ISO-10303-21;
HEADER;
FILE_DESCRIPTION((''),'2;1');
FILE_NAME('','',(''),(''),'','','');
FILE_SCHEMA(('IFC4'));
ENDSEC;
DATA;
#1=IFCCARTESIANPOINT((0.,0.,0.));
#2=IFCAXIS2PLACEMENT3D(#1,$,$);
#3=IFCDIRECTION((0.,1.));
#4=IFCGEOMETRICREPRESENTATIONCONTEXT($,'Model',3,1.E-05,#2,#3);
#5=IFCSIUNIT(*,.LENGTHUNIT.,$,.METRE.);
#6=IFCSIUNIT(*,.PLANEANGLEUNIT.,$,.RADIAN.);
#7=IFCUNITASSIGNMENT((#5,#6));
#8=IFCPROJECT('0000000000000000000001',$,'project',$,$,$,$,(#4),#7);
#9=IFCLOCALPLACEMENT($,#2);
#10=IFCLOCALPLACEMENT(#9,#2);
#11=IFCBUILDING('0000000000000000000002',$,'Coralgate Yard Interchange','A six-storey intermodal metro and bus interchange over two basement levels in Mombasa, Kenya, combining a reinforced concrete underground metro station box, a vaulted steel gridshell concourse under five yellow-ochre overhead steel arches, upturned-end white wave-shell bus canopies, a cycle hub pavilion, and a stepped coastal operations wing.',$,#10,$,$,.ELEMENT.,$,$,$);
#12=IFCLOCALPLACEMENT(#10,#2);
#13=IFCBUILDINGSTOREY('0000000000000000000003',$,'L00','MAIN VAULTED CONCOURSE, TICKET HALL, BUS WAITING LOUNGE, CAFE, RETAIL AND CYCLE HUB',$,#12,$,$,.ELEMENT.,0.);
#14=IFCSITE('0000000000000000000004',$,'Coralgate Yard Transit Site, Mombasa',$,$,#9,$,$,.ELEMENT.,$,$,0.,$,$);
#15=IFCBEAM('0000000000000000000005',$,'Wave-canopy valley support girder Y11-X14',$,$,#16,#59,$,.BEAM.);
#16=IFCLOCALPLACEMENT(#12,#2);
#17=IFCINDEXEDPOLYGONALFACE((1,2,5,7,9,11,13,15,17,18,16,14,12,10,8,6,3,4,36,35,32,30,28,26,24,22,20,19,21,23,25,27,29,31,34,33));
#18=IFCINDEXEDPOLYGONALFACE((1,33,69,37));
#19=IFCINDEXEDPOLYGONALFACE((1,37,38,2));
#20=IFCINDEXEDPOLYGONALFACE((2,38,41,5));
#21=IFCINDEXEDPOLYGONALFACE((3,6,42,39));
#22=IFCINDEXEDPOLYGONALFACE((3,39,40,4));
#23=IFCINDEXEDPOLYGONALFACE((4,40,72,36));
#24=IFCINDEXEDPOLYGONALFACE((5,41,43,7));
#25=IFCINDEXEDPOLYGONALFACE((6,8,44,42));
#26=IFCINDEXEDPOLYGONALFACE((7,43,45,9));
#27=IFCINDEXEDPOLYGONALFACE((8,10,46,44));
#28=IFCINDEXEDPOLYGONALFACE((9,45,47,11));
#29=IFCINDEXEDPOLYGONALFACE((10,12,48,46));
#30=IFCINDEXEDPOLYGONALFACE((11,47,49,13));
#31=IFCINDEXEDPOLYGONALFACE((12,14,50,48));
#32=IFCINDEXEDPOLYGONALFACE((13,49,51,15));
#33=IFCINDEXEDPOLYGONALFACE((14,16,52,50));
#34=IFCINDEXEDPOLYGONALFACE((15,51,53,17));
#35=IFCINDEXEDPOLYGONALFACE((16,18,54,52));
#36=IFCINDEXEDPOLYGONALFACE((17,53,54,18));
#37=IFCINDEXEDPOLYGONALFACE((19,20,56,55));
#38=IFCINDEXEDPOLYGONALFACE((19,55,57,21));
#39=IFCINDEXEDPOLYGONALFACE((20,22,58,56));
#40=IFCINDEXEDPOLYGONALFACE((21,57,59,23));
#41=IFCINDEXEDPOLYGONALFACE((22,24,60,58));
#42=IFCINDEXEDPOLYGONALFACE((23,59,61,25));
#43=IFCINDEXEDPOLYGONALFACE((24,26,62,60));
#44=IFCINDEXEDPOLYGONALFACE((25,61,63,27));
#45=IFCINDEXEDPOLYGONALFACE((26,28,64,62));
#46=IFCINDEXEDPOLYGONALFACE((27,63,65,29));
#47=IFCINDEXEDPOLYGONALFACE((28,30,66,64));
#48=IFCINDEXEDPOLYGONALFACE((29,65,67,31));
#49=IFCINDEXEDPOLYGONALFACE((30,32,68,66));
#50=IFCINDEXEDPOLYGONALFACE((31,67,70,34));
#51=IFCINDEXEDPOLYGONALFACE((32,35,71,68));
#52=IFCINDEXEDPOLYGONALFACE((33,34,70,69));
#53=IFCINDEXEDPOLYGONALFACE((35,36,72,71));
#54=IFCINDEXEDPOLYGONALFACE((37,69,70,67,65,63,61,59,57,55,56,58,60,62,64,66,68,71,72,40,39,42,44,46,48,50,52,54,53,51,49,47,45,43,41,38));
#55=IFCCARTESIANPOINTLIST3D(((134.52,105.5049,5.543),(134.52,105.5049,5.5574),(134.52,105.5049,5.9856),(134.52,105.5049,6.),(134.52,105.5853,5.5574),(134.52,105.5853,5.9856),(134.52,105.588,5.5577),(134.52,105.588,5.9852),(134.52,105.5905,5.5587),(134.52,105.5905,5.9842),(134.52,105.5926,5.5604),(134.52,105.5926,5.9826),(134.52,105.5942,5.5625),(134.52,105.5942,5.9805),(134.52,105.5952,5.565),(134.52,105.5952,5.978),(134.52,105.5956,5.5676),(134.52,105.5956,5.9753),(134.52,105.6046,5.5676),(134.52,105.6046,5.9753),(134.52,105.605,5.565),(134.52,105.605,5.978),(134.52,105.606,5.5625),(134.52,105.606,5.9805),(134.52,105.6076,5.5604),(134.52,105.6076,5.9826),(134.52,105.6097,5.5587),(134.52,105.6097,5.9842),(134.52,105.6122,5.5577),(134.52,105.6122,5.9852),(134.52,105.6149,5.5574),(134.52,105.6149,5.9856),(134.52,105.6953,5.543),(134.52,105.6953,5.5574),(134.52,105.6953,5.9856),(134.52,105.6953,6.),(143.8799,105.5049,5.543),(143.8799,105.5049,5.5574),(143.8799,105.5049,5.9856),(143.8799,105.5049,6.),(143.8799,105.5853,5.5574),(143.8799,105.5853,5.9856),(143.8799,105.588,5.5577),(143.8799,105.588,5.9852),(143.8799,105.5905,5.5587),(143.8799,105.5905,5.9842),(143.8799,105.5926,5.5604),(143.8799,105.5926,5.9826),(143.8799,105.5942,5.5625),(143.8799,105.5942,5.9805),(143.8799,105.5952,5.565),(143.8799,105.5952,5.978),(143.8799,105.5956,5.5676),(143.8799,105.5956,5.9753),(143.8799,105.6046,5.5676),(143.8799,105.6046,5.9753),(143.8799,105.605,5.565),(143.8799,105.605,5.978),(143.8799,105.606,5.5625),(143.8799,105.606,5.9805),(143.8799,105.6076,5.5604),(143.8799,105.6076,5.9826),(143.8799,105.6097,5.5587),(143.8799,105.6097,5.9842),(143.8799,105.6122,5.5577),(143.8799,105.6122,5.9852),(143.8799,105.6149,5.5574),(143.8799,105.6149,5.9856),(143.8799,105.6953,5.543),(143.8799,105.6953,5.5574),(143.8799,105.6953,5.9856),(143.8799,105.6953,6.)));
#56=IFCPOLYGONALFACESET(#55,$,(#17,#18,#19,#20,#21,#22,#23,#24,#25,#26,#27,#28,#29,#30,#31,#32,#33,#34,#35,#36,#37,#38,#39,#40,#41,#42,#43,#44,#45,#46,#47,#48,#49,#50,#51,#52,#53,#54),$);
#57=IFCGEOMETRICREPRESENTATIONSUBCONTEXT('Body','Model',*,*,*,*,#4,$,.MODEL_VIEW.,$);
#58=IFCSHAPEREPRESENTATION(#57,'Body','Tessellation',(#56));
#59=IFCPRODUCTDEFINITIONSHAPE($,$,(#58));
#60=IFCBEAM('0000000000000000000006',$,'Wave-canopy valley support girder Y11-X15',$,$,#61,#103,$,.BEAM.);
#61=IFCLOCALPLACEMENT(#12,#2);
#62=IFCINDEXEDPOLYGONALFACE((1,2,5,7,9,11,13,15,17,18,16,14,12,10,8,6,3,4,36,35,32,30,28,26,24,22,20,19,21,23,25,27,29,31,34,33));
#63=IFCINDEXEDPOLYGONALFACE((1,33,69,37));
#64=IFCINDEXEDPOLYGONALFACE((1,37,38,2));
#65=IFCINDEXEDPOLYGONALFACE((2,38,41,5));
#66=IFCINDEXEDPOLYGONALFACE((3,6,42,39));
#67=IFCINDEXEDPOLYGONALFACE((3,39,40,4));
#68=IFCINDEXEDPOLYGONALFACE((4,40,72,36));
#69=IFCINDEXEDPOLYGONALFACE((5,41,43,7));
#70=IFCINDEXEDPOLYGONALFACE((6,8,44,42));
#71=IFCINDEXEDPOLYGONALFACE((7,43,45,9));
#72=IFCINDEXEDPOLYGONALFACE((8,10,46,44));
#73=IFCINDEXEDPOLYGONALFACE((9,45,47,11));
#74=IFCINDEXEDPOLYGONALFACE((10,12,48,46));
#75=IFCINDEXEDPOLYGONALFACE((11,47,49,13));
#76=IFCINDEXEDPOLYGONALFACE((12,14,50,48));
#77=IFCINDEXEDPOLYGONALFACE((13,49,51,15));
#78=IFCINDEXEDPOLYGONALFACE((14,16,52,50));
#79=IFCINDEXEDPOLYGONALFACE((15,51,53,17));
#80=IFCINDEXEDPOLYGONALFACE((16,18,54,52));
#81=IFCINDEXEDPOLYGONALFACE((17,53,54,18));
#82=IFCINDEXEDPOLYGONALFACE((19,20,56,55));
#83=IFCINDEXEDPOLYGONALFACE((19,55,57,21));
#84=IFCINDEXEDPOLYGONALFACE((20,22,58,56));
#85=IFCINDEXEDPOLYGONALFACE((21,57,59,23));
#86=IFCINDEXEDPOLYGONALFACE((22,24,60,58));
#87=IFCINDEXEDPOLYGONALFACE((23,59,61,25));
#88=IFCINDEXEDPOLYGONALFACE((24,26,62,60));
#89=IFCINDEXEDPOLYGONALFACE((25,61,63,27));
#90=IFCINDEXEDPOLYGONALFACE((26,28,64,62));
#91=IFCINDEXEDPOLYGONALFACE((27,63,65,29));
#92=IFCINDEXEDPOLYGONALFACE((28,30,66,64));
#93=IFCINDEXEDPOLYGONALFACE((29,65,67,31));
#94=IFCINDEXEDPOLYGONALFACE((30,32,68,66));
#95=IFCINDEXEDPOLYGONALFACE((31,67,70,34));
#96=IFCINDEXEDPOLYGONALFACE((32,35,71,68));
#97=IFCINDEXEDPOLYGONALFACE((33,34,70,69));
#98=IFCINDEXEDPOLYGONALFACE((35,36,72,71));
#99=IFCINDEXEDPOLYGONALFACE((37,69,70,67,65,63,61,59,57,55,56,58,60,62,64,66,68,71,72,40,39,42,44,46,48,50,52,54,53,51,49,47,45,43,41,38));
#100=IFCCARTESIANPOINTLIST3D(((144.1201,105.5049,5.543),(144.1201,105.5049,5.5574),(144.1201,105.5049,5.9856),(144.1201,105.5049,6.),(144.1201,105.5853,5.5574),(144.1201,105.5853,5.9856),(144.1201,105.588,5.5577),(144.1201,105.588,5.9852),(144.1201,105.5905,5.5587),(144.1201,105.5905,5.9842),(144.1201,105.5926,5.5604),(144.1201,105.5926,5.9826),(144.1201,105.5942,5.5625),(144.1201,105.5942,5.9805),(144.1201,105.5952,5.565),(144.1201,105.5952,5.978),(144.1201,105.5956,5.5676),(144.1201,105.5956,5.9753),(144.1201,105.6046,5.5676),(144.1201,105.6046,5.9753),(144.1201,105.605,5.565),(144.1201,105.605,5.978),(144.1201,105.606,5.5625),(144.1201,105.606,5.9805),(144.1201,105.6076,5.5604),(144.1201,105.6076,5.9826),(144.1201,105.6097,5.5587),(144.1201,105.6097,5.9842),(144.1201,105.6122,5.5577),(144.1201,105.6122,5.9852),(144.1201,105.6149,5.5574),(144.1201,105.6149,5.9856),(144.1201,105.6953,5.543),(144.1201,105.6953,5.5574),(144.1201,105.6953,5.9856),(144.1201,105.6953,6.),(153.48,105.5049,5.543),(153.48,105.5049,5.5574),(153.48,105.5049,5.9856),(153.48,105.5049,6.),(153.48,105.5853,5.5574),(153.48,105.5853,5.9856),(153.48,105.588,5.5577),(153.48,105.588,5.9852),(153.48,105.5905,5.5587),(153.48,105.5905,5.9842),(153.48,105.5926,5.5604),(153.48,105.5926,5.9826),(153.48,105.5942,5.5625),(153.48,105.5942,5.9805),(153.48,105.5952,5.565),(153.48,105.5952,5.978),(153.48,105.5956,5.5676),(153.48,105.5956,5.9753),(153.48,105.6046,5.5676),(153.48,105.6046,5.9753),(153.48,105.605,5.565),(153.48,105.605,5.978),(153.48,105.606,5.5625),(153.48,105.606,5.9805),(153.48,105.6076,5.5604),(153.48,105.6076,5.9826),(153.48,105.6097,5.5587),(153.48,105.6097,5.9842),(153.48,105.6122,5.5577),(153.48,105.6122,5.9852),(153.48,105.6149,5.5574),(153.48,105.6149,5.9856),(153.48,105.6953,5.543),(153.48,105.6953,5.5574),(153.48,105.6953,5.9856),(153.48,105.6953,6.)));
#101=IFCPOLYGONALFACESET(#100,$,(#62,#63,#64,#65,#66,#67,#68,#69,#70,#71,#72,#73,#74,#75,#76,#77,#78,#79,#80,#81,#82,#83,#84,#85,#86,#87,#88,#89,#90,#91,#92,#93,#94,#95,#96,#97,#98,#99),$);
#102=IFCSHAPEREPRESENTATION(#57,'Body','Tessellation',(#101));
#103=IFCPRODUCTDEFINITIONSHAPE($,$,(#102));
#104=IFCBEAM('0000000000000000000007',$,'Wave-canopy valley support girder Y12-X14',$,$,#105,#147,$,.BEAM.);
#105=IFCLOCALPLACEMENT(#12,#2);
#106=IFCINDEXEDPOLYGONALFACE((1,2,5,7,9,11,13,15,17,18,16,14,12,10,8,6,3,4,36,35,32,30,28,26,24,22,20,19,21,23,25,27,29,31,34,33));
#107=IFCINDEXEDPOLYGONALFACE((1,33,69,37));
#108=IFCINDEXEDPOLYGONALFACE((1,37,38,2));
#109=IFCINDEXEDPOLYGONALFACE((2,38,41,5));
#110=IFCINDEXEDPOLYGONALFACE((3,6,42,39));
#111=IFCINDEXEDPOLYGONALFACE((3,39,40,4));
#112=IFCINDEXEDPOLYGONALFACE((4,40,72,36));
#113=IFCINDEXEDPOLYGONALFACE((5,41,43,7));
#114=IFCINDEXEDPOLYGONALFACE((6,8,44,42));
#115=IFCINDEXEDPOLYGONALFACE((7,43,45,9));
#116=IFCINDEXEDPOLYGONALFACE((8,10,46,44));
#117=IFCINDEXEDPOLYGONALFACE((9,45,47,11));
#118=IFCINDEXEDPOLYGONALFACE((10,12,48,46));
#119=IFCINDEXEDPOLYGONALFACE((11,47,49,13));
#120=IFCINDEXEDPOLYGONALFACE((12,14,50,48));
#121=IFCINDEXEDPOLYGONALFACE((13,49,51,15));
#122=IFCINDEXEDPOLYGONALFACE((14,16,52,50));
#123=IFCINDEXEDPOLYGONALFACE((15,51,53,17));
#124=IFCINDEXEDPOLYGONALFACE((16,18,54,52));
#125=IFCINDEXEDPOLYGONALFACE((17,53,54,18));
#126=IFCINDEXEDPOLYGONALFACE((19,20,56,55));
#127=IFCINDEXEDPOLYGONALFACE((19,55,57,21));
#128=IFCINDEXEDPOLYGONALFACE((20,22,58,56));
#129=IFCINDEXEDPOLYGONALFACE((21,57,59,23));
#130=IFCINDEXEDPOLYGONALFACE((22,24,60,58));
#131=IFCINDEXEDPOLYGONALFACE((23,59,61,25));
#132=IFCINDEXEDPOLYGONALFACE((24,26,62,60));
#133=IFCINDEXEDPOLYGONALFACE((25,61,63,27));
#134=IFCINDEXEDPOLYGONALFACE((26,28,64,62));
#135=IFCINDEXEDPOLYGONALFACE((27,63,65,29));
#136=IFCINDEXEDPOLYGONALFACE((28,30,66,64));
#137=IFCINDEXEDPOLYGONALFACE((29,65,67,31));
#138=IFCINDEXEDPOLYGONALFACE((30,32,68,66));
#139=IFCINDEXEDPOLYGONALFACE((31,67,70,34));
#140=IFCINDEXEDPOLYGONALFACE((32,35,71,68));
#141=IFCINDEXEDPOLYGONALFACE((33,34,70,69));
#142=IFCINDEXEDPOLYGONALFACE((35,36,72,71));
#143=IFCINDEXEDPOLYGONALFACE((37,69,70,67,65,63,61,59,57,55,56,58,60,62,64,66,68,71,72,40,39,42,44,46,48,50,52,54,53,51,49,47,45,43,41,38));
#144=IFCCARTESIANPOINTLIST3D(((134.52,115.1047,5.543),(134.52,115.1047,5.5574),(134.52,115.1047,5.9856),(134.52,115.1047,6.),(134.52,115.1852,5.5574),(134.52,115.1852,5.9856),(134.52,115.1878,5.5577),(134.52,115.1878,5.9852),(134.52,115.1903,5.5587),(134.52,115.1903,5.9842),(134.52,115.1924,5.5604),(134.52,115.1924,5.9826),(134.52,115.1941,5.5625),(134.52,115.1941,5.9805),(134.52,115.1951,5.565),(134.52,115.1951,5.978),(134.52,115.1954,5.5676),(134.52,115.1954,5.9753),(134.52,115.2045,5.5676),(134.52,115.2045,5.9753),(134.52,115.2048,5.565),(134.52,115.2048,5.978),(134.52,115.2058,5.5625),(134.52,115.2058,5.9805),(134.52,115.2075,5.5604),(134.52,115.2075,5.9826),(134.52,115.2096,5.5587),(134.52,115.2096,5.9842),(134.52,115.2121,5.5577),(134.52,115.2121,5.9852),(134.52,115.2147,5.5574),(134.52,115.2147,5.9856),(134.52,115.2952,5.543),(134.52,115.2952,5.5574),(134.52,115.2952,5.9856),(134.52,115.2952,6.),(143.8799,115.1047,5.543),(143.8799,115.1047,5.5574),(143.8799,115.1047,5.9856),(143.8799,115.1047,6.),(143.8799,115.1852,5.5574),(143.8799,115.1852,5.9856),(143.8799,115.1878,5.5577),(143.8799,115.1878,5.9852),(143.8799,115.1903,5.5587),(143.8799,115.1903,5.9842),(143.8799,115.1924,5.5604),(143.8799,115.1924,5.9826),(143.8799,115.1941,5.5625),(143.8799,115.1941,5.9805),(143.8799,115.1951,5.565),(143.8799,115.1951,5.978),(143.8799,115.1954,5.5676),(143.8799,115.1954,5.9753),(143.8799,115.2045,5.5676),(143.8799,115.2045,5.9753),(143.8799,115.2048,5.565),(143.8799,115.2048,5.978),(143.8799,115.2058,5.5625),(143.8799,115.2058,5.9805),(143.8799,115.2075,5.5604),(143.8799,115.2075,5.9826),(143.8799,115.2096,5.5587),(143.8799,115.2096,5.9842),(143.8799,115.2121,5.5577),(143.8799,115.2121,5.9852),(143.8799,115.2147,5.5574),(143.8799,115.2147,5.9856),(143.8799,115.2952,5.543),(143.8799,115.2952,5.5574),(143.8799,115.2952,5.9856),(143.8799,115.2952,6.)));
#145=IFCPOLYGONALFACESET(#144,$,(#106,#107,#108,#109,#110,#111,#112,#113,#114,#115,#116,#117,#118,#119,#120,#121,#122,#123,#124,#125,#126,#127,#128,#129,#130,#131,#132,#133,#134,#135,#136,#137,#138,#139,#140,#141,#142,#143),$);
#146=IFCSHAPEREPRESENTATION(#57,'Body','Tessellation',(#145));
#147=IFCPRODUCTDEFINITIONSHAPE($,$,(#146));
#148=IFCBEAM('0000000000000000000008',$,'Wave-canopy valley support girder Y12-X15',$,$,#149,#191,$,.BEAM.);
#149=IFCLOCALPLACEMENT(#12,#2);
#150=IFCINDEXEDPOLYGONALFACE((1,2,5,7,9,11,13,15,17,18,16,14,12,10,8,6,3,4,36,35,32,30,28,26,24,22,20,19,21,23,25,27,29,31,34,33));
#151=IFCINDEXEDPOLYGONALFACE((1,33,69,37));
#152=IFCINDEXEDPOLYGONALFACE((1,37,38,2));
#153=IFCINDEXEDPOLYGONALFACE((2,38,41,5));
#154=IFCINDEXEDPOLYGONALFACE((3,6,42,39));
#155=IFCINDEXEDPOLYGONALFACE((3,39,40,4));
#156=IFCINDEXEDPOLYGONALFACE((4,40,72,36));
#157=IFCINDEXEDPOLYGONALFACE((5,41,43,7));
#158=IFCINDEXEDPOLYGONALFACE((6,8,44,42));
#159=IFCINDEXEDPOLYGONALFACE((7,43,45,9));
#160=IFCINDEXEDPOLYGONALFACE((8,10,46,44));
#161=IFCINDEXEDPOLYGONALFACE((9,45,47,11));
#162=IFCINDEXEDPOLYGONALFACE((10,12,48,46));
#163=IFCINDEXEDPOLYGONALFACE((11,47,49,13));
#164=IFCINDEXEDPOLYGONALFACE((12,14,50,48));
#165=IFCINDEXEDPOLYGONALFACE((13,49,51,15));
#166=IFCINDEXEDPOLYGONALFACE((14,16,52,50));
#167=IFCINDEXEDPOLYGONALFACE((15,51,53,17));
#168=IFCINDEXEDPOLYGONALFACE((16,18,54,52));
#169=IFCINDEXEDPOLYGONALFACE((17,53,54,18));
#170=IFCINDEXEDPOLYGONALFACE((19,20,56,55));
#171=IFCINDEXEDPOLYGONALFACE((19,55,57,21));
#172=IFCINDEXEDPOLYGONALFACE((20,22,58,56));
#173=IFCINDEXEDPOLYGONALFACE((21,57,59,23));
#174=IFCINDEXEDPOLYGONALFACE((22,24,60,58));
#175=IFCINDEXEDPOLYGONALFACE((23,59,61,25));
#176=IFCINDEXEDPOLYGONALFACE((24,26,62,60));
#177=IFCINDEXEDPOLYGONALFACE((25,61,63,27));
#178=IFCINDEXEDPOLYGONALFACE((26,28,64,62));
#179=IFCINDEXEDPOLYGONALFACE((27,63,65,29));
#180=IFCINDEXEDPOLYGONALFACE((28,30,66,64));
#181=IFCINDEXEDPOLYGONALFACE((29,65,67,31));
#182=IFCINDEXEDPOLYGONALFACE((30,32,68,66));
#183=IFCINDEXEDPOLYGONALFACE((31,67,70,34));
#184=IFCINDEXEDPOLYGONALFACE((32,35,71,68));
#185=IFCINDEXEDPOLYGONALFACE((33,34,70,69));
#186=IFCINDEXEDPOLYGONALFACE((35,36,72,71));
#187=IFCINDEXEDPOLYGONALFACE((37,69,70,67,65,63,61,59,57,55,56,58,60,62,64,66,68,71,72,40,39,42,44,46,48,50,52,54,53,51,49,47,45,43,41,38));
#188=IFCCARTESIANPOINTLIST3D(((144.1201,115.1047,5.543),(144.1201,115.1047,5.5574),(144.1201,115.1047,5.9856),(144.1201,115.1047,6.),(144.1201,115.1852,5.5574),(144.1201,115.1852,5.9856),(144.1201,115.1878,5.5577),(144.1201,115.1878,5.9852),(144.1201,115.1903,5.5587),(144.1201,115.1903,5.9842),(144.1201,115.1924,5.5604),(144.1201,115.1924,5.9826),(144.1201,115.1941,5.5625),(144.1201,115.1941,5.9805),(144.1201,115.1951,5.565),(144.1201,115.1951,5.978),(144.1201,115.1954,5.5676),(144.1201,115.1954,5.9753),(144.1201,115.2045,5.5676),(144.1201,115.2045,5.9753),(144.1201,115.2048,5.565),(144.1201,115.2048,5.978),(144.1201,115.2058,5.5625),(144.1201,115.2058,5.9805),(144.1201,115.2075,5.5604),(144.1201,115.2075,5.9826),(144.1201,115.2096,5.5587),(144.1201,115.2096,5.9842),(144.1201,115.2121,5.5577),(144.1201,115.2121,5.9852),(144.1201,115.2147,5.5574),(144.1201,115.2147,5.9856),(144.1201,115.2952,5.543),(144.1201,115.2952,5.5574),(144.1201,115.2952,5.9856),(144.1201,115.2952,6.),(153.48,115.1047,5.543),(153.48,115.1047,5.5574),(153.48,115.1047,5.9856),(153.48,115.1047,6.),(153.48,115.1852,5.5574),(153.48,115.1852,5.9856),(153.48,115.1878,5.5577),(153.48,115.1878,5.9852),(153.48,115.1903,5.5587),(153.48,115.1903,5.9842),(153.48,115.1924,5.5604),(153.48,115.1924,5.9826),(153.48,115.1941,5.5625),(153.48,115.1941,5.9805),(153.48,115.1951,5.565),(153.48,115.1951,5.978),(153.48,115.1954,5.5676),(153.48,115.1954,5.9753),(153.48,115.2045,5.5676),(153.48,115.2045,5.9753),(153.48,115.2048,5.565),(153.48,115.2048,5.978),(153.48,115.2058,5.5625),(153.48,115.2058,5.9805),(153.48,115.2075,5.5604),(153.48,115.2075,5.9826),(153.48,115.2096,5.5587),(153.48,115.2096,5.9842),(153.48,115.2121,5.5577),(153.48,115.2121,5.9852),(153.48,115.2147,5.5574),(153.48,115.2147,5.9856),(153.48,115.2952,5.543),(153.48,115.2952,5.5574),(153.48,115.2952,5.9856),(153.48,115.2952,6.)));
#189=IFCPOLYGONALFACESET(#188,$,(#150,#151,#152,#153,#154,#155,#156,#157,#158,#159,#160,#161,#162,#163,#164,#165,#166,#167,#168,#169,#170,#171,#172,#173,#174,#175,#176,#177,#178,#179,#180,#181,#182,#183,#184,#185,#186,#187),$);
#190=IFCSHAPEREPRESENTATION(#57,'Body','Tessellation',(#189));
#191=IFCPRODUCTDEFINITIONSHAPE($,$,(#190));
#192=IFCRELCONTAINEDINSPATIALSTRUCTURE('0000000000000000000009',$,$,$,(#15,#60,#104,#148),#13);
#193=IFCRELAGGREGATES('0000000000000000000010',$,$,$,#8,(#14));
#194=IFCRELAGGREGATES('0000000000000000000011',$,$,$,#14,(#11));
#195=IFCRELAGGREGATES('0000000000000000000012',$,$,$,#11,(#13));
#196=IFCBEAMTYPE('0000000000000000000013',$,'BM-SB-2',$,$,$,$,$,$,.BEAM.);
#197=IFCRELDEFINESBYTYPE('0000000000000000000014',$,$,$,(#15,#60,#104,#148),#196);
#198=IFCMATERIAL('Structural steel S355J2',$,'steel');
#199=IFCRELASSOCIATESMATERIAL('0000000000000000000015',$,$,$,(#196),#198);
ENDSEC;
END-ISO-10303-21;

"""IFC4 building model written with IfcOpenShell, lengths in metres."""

from ifc_helpers import new_model, si_unit, direction, frame, origin, origin_2d, place, context, subcontext, project, spatial, i_section, extrude, material, material_profile, profile_set, type_object, element, save


model = new_model("IFC4")

# Units and contexts
model_context = context("Model", 3, precision=1e-05, world=origin(), true_north=direction((0.0, 1.0)))
body_context = subcontext(model_context, "Body", "Model", "MODEL_VIEW")
ifc_project = project(units=[si_unit("LENGTHUNIT", "METRE"), si_unit("PLANEANGLEUNIT", "RADIAN")], contexts=[model_context])

# Site, building, storey
site_placement = place(None, origin())
site = spatial("IfcSite", under=ifc_project, at=site_placement, Name="Coralgate Yard Transit Site, Mombasa", CompositionType="ELEMENT", RefElevation=0.0)
building_placement = place(site_placement, origin())
building = spatial("IfcBuilding", under=site, at=building_placement, Name="Coralgate Yard Interchange", Description="A six-storey intermodal metro and bus interchange over two basement levels in Mombasa, Kenya, combining a reinforced concrete underground metro station box, a vaulted steel gridshell concourse under five yellow-ochre overhead steel arches, upturned-end white wave-shell bus canopies, a cycle hub pavilion, and a stepped coastal operations wing.", CompositionType="ELEMENT")
storey_placement = place(building_placement, origin())
storey = spatial("IfcBuildingStorey", under=building, at=storey_placement, Name="L00", Description="MAIN VAULTED CONCOURSE, TICKET HALL, BUS WAITING LOUNGE, CAFE, RETAIL AND CYCLE HUB", CompositionType="ELEMENT", Elevation=0.0)

# Shared definitions
ifc_material_1 = material(Name="Structural steel S355J2", Category="steel")

# Beams
ifc_material_profile_1 = material_profile(ifc_material_1, i_section(OverallWidth=0.1904, OverallDepth=0.457, WebThickness=0.009, FlangeThickness=0.0144, FilletRadius=0.0103, at=origin_2d()), Name="UB 457x191x74")
ifc_profile_set_1 = profile_set([ifc_material_profile_1], Name="Structural steel S355J2")
beam_type_1 = type_object("IfcBeamType", Name="BM-SB-2", PredefinedType="BEAM", material=ifc_profile_set_1)
for number, where, z_axis, x_axis, name in (
    (1, (134.52, 105.6001, 5.7715), (1.0, 0.0, 0.0), (0.0, 1.0, 0.0), "Wave-canopy valley support girder Y11-X14"),
    (2, (144.1201, 105.6001, 5.7715), (1.0, 0.0, 0.0), (0.0, 1.0, 0.0), "Wave-canopy valley support girder Y11-X15"),
    (3, (134.52, 115.2, 5.7715), (1.0, 0.0, 0.0), (0.0, 1.0, 0.0), "Wave-canopy valley support girder Y12-X14"),
    (4, (144.1201, 115.2, 5.7715), (1.0, 0.0, 0.0), (0.0, 1.0, 0.0), "Wave-canopy valley support girder Y12-X15"),
):
    element("IfcBeam", number, at=place(storey_placement, frame(where, z_axis=z_axis, x_axis=x_axis)), inside=storey, type_object=beam_type_1, Name=name, PredefinedType="BEAM", context=body_context, shape_type="SweptSolid", body=[
        extrude(i_section(OverallWidth=0.1904, OverallDepth=0.457, WebThickness=0.009, FlangeThickness=0.0144, FilletRadius=0.0103, at=origin_2d()), origin(), (0.0, 0.0, 1.0), 9.3599),
    ])

save(model, "model.ifc")
